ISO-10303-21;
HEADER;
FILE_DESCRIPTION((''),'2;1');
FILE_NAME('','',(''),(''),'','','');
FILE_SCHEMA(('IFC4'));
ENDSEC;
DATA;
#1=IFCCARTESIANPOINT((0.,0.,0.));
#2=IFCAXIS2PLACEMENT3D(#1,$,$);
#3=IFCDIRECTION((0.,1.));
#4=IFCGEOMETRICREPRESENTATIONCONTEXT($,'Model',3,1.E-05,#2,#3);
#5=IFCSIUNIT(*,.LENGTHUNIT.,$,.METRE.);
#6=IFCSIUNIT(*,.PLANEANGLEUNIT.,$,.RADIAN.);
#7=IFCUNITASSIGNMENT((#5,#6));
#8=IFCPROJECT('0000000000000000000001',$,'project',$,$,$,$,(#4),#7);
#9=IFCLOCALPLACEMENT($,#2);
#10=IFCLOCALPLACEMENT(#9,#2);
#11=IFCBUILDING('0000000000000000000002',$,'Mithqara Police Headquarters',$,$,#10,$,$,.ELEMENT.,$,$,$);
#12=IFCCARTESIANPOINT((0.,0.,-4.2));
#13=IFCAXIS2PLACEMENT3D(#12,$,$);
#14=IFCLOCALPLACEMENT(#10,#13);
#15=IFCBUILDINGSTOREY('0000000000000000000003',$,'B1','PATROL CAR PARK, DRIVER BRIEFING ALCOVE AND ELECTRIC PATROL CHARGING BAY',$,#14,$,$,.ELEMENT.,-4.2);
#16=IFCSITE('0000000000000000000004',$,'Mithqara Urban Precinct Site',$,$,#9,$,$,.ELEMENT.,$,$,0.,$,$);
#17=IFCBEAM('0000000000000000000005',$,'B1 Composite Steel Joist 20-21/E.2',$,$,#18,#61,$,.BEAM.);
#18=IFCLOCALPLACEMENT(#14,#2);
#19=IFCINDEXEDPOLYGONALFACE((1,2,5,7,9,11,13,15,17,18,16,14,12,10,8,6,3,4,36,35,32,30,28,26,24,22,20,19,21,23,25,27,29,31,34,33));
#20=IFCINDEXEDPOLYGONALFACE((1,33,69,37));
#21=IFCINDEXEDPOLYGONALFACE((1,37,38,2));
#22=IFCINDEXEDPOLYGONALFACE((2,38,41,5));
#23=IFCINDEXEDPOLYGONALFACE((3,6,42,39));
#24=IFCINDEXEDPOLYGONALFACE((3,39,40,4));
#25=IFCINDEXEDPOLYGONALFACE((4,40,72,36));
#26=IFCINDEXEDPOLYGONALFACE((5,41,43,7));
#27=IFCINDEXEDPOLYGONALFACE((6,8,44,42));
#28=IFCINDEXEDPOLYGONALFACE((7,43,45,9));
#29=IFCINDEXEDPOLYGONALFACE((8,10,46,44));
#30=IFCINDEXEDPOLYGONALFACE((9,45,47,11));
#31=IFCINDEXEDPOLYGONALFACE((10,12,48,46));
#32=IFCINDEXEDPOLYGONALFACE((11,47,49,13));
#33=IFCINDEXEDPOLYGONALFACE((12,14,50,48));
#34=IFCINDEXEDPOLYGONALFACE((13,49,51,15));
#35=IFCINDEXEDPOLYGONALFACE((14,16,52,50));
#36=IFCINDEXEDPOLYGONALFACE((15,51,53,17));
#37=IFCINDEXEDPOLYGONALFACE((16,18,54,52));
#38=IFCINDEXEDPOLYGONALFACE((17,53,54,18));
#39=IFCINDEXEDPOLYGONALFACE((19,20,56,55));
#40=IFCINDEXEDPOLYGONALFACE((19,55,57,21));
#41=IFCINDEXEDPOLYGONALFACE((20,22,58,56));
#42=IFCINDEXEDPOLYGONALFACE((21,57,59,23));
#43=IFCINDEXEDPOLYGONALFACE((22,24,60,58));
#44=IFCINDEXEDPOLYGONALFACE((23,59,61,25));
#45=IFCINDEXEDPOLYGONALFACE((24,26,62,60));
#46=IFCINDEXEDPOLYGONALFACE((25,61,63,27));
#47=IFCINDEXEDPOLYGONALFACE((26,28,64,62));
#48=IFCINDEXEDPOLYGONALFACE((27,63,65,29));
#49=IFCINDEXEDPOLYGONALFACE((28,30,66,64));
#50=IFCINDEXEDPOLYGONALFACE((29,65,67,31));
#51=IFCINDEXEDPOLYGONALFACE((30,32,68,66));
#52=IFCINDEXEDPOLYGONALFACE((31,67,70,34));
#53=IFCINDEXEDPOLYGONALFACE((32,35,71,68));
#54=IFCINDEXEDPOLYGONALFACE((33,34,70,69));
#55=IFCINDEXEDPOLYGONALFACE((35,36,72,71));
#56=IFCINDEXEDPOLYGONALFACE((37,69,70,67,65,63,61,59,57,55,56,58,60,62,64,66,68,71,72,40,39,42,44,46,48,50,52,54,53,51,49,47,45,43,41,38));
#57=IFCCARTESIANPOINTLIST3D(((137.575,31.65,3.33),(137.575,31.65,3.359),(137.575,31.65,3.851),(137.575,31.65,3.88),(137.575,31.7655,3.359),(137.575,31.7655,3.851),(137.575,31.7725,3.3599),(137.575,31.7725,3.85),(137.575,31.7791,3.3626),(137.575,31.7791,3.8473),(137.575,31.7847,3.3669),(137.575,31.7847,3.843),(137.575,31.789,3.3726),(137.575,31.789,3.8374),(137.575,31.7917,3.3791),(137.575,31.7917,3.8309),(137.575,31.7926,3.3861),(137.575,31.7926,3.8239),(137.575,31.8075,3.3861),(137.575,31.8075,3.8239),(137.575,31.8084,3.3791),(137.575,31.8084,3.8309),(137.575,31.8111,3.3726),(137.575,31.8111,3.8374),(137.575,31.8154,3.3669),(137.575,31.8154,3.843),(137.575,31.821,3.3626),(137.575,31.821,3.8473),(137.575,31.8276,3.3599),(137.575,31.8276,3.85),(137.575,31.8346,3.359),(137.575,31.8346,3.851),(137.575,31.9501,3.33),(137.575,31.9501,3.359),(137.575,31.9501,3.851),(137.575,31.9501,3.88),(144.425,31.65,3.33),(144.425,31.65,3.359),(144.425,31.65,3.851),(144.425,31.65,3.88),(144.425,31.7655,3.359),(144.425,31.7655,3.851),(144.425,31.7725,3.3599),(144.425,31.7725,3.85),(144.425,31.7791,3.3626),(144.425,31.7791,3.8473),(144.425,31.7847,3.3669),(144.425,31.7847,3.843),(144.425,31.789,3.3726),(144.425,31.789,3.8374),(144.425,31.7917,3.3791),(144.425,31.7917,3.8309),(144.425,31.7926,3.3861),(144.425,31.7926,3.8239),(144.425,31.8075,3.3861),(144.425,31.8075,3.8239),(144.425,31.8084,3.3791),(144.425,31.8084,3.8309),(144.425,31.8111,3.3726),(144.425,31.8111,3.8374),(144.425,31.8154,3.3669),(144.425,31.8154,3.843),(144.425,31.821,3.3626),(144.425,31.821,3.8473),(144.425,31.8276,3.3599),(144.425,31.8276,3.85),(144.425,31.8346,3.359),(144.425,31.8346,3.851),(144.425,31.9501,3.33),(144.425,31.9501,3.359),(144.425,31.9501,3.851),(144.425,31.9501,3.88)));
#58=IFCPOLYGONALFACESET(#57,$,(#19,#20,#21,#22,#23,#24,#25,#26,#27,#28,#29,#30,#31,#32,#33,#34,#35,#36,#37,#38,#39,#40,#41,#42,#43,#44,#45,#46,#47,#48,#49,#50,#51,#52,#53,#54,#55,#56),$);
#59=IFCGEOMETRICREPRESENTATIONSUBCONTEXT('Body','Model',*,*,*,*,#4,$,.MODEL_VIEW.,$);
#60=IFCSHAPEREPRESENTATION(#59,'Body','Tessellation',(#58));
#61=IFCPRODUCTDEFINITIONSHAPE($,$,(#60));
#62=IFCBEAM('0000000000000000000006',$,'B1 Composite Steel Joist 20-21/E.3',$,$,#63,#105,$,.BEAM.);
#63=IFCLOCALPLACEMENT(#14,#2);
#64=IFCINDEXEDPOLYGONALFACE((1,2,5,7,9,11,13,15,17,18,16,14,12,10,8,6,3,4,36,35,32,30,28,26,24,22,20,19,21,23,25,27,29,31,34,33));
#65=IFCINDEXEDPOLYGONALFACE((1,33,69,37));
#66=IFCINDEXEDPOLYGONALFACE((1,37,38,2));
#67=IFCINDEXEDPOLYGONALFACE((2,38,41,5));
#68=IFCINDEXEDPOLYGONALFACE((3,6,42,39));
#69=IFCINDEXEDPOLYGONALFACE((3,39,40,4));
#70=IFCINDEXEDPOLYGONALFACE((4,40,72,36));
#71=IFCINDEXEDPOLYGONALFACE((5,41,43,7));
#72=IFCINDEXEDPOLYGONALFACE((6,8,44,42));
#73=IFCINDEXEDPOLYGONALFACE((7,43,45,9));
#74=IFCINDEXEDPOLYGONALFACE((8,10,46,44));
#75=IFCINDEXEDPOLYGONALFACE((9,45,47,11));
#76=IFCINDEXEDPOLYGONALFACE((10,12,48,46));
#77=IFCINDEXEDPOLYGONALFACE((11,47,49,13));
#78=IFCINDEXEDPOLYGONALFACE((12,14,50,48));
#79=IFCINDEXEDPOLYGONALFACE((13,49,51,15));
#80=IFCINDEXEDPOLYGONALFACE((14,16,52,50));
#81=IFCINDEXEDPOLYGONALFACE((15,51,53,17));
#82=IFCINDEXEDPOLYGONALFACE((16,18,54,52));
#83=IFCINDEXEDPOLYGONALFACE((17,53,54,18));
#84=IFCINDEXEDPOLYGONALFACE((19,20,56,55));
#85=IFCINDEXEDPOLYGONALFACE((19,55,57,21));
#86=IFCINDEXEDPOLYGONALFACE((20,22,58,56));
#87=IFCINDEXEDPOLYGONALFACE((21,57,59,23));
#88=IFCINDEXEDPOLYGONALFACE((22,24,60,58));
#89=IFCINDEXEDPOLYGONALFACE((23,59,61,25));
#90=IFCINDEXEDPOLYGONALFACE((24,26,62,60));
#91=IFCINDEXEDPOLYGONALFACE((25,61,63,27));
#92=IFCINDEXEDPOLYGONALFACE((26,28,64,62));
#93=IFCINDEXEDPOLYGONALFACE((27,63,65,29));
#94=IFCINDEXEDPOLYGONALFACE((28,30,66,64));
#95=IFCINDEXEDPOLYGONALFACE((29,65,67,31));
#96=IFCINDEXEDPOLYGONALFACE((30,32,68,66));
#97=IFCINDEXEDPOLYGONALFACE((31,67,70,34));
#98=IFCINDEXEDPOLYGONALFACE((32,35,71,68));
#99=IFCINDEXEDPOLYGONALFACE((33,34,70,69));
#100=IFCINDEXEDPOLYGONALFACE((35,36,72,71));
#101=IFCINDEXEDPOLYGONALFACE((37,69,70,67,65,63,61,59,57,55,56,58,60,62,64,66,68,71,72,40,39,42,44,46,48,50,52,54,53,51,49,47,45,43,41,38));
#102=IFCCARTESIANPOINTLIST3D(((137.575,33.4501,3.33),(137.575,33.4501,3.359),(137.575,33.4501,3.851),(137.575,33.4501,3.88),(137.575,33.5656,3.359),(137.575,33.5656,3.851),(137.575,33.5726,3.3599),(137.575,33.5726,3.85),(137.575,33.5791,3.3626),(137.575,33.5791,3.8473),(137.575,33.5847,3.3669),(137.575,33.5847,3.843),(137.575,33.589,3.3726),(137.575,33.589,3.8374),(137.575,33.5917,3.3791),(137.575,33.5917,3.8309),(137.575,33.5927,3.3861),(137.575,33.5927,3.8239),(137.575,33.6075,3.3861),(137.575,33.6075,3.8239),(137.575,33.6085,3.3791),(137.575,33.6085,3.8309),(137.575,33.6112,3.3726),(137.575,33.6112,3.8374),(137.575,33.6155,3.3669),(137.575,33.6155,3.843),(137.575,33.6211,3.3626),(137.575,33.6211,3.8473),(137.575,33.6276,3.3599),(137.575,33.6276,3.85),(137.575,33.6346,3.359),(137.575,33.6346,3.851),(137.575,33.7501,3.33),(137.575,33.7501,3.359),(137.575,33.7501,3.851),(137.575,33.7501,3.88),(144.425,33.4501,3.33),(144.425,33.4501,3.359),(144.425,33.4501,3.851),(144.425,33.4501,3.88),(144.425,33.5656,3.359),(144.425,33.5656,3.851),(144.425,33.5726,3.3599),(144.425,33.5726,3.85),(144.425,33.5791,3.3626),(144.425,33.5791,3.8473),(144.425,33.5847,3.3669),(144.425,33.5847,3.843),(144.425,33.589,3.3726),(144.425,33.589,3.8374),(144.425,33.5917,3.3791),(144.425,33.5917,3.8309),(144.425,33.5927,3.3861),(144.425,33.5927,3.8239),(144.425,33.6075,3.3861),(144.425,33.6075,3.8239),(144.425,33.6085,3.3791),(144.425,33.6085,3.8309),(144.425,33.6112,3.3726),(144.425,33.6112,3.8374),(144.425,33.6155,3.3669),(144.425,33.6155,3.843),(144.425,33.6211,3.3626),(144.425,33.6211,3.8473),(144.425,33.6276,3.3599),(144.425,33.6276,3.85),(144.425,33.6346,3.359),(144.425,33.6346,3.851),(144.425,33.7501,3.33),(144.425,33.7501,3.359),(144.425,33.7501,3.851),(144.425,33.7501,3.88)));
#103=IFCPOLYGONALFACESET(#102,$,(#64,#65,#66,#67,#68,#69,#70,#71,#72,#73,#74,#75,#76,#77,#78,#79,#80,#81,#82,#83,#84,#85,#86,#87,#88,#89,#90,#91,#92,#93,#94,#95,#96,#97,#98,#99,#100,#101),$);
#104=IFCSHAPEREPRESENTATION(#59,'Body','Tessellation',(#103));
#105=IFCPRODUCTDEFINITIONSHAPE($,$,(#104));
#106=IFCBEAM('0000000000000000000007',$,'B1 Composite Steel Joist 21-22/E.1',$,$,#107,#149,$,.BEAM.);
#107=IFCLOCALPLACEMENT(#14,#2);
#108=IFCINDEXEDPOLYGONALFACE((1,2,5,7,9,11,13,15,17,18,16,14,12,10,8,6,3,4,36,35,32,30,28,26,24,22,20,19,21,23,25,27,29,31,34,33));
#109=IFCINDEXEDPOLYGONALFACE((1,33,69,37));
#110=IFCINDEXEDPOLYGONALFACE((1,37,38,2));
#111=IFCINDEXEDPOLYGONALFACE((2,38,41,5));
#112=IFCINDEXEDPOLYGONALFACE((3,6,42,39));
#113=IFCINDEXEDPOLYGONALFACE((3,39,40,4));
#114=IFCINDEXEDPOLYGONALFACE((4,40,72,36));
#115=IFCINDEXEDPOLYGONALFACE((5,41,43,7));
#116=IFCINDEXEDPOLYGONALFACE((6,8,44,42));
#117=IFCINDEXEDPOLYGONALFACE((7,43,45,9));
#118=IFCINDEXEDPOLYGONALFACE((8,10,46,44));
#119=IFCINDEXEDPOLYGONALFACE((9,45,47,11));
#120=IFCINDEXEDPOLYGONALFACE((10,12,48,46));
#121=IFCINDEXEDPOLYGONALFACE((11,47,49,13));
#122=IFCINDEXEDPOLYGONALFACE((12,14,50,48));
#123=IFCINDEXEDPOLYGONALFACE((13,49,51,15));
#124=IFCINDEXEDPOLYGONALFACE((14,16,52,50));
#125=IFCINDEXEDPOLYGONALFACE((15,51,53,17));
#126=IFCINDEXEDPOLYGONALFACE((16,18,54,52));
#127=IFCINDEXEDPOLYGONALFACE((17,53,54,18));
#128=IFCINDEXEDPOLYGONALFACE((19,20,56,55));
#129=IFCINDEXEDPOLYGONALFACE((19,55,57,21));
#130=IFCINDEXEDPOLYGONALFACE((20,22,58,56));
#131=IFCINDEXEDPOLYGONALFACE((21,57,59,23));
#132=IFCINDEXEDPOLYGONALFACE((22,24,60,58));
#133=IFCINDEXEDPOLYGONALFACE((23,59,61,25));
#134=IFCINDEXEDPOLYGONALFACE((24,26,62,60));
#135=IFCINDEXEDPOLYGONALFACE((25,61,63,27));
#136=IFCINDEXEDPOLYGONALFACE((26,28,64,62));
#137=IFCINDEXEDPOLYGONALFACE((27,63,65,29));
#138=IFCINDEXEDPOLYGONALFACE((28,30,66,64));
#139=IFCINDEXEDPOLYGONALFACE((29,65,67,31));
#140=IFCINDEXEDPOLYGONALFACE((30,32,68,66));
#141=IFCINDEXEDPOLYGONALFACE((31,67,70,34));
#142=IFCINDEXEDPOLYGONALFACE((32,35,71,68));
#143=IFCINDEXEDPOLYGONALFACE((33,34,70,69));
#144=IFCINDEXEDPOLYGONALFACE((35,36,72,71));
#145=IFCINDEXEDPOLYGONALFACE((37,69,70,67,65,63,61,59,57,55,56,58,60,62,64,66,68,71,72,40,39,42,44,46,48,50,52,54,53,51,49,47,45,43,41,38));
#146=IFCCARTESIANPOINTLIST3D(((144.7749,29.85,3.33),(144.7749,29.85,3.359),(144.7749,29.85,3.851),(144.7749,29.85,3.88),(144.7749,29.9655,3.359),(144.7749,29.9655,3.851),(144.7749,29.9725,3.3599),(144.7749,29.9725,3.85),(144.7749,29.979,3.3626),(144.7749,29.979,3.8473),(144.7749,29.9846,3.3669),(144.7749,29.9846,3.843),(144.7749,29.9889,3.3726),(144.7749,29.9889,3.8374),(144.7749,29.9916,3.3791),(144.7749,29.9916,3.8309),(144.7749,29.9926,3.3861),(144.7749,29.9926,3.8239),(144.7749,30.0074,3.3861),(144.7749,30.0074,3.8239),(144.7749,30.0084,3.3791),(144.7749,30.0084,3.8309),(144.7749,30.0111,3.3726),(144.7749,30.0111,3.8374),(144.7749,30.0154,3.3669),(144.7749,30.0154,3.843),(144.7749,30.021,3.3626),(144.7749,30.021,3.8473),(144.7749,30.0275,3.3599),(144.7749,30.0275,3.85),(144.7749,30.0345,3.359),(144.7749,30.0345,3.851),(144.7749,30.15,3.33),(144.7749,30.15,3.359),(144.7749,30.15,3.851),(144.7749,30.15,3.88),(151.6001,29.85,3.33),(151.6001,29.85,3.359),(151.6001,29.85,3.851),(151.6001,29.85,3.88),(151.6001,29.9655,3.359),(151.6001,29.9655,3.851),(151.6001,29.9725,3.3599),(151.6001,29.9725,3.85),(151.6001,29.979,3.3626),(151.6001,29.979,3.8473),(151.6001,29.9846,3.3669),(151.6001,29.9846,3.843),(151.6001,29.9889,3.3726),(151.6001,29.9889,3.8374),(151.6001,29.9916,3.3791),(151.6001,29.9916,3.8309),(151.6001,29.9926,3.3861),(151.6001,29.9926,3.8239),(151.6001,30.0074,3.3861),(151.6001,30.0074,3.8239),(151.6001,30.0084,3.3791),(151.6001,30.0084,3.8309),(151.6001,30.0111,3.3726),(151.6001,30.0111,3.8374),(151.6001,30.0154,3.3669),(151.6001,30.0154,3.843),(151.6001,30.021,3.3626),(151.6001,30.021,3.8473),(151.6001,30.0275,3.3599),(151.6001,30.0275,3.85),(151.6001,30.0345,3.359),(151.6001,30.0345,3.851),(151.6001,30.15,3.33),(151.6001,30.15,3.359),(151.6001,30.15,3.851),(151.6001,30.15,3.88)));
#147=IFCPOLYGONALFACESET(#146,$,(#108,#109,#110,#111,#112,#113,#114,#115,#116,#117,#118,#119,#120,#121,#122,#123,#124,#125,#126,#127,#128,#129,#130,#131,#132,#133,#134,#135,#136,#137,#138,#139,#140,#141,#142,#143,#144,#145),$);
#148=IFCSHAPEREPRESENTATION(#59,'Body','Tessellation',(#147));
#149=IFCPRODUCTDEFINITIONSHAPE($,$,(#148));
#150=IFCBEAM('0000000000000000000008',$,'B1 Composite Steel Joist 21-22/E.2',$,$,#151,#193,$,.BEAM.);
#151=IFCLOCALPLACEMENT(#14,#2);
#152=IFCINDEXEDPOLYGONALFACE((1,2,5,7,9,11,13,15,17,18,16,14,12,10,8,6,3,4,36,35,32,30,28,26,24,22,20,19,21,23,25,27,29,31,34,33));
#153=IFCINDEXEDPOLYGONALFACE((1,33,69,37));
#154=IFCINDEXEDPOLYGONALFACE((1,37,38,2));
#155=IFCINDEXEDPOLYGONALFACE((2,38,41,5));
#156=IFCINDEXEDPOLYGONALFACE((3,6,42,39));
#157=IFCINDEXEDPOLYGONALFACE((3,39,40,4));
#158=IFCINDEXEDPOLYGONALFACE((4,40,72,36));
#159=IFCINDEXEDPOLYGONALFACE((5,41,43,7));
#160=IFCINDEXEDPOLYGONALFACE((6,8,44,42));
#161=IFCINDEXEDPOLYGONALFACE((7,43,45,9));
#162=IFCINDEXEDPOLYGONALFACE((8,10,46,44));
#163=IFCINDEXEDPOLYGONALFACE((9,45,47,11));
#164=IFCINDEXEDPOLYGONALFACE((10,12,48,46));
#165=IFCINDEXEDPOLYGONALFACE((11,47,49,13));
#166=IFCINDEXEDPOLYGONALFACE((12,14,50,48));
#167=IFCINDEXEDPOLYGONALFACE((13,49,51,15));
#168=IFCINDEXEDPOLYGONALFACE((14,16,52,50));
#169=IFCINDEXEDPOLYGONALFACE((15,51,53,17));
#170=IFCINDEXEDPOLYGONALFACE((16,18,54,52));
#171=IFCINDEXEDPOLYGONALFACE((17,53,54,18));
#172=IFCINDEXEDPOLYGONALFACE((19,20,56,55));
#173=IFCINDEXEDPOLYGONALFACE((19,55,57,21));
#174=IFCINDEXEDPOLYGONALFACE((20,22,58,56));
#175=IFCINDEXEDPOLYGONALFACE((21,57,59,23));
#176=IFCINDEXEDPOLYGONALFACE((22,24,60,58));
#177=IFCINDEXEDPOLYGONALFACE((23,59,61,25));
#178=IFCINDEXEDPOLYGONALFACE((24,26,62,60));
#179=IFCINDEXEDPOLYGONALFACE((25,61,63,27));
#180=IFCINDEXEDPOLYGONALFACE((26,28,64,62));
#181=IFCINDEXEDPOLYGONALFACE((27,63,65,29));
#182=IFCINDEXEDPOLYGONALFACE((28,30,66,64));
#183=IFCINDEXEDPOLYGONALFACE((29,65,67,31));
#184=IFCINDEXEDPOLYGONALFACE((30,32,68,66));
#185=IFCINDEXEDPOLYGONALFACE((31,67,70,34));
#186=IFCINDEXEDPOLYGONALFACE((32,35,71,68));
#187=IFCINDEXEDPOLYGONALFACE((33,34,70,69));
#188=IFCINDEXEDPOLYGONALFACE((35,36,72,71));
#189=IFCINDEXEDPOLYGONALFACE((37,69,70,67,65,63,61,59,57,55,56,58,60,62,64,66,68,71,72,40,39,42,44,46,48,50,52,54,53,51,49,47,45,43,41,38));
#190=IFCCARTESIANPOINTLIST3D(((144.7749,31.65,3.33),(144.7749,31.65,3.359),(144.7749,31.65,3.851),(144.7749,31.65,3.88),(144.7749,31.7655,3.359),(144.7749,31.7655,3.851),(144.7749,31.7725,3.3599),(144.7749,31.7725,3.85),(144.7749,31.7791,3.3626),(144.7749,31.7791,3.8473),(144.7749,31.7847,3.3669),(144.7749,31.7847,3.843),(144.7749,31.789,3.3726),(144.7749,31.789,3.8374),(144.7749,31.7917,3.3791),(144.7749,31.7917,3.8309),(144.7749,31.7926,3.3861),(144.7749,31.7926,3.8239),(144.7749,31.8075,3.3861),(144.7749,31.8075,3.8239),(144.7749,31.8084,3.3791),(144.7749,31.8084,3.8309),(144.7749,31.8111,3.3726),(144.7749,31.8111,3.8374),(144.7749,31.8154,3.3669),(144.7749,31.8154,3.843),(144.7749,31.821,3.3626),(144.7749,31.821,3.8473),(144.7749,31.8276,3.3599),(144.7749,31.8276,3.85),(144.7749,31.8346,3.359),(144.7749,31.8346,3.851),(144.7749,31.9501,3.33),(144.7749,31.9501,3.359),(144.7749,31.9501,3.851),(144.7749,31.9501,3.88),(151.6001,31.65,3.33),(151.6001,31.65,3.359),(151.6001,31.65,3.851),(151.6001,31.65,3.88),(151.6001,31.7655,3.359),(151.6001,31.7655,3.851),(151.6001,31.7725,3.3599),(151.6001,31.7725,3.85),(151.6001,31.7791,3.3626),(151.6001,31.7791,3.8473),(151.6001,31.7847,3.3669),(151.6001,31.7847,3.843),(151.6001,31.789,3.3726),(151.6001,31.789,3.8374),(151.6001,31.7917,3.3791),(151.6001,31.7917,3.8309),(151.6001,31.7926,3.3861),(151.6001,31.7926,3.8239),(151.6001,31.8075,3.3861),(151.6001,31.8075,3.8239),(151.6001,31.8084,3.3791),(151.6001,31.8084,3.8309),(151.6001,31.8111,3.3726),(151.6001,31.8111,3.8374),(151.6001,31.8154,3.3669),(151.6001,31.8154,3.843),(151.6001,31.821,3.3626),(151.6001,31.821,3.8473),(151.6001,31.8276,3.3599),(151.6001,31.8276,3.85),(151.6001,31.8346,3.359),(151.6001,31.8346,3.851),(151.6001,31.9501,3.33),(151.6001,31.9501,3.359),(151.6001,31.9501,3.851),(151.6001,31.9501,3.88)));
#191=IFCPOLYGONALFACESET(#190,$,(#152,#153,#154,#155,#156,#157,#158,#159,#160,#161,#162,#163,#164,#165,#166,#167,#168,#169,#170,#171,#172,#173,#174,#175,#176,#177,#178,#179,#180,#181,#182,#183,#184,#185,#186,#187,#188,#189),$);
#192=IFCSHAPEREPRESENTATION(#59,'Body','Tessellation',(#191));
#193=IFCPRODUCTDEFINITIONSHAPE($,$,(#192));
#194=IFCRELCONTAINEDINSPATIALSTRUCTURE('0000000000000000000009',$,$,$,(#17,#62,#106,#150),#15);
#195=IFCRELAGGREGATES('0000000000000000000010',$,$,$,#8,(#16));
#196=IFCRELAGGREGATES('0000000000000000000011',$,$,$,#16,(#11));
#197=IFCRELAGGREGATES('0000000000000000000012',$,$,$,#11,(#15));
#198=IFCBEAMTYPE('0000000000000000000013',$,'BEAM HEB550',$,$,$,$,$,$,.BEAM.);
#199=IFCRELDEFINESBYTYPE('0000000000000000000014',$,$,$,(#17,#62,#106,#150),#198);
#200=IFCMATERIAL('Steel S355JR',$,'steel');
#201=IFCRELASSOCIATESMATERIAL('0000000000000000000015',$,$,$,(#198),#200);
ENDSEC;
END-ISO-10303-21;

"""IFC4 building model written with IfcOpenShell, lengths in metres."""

from ifc_helpers import new_model, si_unit, direction, frame, origin, origin_2d, place, context, subcontext, project, spatial, i_section, extrude, material, material_profile, profile_set, type_object, element, save


model = new_model("IFC4")

# Units and contexts
model_context = context("Model", 3, precision=1e-05, world=origin(), true_north=direction((0.0, 1.0)))
body_context = subcontext(model_context, "Body", "Model", "MODEL_VIEW")
ifc_project = project(units=[si_unit("LENGTHUNIT", "METRE"), si_unit("PLANEANGLEUNIT", "RADIAN")], contexts=[model_context])

# Site, building, storey
site_placement = place(None, origin())
site = spatial("IfcSite", under=ifc_project, at=site_placement, Name="Mithqara Urban Precinct Site", CompositionType="ELEMENT", RefElevation=0.0)
building_placement = place(site_placement, origin())
building = spatial("IfcBuilding", under=site, at=building_placement, Name="Mithqara Police Headquarters", CompositionType="ELEMENT")
storey_placement = place(building_placement, frame((0.0, 0.0, -4.2)))
storey = spatial("IfcBuildingStorey", under=building, at=storey_placement, Name="B1", Description="PATROL CAR PARK, DRIVER BRIEFING ALCOVE AND ELECTRIC PATROL CHARGING BAY", CompositionType="ELEMENT", Elevation=-4.2)

# Beams
ifc_material_1 = material(Name="Steel S355JR", Category="steel")
ifc_material_profile_1 = material_profile(ifc_material_1, i_section(OverallWidth=0.3, OverallDepth=0.55, WebThickness=0.0149, FlangeThickness=0.0291, FilletRadius=0.0271, at=origin_2d()), Name="HEB 550")
ifc_profile_set_1 = profile_set([ifc_material_profile_1], Name="Steel S355JR")
beam_type_1 = type_object("IfcBeamType", Name="BEAM HEB550", PredefinedType="BEAM", material=ifc_profile_set_1)
for number, where, z_axis, x_axis, name in (
    (1, (137.575, 31.8, 3.605), (1.0, 0.0, 0.0), (0.0, 1.0, 0.0), "B1 Composite Steel Joist 20-21/E.2"),
    (2, (137.575, 33.6001, 3.605), (1.0, 0.0, 0.0), (0.0, 1.0, 0.0), "B1 Composite Steel Joist 20-21/E.3"),
):
    element("IfcBeam", number, at=place(storey_placement, frame(where, z_axis=z_axis, x_axis=x_axis)), inside=storey, type_object=beam_type_1, Name=name, PredefinedType="BEAM", context=body_context, shape_type="SweptSolid", body=[
        extrude(i_section(OverallWidth=0.3, OverallDepth=0.55, WebThickness=0.0149, FlangeThickness=0.0291, FilletRadius=0.0271, at=origin_2d()), origin(), (0.0, 0.0, 1.0), 6.8501),
    ])
for number, where, z_axis, x_axis, name in (
    (3, (144.7749, 30.0, 3.605), (1.0, 0.0, 0.0), (0.0, 1.0, 0.0), "B1 Composite Steel Joist 21-22/E.1"),
    (4, (144.7749, 31.8, 3.605), (1.0, 0.0, 0.0), (0.0, 1.0, 0.0), "B1 Composite Steel Joist 21-22/E.2"),
):
    element("IfcBeam", number, at=place(storey_placement, frame(where, z_axis=z_axis, x_axis=x_axis)), inside=storey, type_object=beam_type_1, Name=name, PredefinedType="BEAM", context=body_context, shape_type="SweptSolid", body=[
        extrude(i_section(OverallWidth=0.3, OverallDepth=0.55, WebThickness=0.0149, FlangeThickness=0.0291, FilletRadius=0.0271, at=origin_2d()), origin(), (0.0, 0.0, 1.0), 6.8252),
    ])

save(model, "model.ifc")
